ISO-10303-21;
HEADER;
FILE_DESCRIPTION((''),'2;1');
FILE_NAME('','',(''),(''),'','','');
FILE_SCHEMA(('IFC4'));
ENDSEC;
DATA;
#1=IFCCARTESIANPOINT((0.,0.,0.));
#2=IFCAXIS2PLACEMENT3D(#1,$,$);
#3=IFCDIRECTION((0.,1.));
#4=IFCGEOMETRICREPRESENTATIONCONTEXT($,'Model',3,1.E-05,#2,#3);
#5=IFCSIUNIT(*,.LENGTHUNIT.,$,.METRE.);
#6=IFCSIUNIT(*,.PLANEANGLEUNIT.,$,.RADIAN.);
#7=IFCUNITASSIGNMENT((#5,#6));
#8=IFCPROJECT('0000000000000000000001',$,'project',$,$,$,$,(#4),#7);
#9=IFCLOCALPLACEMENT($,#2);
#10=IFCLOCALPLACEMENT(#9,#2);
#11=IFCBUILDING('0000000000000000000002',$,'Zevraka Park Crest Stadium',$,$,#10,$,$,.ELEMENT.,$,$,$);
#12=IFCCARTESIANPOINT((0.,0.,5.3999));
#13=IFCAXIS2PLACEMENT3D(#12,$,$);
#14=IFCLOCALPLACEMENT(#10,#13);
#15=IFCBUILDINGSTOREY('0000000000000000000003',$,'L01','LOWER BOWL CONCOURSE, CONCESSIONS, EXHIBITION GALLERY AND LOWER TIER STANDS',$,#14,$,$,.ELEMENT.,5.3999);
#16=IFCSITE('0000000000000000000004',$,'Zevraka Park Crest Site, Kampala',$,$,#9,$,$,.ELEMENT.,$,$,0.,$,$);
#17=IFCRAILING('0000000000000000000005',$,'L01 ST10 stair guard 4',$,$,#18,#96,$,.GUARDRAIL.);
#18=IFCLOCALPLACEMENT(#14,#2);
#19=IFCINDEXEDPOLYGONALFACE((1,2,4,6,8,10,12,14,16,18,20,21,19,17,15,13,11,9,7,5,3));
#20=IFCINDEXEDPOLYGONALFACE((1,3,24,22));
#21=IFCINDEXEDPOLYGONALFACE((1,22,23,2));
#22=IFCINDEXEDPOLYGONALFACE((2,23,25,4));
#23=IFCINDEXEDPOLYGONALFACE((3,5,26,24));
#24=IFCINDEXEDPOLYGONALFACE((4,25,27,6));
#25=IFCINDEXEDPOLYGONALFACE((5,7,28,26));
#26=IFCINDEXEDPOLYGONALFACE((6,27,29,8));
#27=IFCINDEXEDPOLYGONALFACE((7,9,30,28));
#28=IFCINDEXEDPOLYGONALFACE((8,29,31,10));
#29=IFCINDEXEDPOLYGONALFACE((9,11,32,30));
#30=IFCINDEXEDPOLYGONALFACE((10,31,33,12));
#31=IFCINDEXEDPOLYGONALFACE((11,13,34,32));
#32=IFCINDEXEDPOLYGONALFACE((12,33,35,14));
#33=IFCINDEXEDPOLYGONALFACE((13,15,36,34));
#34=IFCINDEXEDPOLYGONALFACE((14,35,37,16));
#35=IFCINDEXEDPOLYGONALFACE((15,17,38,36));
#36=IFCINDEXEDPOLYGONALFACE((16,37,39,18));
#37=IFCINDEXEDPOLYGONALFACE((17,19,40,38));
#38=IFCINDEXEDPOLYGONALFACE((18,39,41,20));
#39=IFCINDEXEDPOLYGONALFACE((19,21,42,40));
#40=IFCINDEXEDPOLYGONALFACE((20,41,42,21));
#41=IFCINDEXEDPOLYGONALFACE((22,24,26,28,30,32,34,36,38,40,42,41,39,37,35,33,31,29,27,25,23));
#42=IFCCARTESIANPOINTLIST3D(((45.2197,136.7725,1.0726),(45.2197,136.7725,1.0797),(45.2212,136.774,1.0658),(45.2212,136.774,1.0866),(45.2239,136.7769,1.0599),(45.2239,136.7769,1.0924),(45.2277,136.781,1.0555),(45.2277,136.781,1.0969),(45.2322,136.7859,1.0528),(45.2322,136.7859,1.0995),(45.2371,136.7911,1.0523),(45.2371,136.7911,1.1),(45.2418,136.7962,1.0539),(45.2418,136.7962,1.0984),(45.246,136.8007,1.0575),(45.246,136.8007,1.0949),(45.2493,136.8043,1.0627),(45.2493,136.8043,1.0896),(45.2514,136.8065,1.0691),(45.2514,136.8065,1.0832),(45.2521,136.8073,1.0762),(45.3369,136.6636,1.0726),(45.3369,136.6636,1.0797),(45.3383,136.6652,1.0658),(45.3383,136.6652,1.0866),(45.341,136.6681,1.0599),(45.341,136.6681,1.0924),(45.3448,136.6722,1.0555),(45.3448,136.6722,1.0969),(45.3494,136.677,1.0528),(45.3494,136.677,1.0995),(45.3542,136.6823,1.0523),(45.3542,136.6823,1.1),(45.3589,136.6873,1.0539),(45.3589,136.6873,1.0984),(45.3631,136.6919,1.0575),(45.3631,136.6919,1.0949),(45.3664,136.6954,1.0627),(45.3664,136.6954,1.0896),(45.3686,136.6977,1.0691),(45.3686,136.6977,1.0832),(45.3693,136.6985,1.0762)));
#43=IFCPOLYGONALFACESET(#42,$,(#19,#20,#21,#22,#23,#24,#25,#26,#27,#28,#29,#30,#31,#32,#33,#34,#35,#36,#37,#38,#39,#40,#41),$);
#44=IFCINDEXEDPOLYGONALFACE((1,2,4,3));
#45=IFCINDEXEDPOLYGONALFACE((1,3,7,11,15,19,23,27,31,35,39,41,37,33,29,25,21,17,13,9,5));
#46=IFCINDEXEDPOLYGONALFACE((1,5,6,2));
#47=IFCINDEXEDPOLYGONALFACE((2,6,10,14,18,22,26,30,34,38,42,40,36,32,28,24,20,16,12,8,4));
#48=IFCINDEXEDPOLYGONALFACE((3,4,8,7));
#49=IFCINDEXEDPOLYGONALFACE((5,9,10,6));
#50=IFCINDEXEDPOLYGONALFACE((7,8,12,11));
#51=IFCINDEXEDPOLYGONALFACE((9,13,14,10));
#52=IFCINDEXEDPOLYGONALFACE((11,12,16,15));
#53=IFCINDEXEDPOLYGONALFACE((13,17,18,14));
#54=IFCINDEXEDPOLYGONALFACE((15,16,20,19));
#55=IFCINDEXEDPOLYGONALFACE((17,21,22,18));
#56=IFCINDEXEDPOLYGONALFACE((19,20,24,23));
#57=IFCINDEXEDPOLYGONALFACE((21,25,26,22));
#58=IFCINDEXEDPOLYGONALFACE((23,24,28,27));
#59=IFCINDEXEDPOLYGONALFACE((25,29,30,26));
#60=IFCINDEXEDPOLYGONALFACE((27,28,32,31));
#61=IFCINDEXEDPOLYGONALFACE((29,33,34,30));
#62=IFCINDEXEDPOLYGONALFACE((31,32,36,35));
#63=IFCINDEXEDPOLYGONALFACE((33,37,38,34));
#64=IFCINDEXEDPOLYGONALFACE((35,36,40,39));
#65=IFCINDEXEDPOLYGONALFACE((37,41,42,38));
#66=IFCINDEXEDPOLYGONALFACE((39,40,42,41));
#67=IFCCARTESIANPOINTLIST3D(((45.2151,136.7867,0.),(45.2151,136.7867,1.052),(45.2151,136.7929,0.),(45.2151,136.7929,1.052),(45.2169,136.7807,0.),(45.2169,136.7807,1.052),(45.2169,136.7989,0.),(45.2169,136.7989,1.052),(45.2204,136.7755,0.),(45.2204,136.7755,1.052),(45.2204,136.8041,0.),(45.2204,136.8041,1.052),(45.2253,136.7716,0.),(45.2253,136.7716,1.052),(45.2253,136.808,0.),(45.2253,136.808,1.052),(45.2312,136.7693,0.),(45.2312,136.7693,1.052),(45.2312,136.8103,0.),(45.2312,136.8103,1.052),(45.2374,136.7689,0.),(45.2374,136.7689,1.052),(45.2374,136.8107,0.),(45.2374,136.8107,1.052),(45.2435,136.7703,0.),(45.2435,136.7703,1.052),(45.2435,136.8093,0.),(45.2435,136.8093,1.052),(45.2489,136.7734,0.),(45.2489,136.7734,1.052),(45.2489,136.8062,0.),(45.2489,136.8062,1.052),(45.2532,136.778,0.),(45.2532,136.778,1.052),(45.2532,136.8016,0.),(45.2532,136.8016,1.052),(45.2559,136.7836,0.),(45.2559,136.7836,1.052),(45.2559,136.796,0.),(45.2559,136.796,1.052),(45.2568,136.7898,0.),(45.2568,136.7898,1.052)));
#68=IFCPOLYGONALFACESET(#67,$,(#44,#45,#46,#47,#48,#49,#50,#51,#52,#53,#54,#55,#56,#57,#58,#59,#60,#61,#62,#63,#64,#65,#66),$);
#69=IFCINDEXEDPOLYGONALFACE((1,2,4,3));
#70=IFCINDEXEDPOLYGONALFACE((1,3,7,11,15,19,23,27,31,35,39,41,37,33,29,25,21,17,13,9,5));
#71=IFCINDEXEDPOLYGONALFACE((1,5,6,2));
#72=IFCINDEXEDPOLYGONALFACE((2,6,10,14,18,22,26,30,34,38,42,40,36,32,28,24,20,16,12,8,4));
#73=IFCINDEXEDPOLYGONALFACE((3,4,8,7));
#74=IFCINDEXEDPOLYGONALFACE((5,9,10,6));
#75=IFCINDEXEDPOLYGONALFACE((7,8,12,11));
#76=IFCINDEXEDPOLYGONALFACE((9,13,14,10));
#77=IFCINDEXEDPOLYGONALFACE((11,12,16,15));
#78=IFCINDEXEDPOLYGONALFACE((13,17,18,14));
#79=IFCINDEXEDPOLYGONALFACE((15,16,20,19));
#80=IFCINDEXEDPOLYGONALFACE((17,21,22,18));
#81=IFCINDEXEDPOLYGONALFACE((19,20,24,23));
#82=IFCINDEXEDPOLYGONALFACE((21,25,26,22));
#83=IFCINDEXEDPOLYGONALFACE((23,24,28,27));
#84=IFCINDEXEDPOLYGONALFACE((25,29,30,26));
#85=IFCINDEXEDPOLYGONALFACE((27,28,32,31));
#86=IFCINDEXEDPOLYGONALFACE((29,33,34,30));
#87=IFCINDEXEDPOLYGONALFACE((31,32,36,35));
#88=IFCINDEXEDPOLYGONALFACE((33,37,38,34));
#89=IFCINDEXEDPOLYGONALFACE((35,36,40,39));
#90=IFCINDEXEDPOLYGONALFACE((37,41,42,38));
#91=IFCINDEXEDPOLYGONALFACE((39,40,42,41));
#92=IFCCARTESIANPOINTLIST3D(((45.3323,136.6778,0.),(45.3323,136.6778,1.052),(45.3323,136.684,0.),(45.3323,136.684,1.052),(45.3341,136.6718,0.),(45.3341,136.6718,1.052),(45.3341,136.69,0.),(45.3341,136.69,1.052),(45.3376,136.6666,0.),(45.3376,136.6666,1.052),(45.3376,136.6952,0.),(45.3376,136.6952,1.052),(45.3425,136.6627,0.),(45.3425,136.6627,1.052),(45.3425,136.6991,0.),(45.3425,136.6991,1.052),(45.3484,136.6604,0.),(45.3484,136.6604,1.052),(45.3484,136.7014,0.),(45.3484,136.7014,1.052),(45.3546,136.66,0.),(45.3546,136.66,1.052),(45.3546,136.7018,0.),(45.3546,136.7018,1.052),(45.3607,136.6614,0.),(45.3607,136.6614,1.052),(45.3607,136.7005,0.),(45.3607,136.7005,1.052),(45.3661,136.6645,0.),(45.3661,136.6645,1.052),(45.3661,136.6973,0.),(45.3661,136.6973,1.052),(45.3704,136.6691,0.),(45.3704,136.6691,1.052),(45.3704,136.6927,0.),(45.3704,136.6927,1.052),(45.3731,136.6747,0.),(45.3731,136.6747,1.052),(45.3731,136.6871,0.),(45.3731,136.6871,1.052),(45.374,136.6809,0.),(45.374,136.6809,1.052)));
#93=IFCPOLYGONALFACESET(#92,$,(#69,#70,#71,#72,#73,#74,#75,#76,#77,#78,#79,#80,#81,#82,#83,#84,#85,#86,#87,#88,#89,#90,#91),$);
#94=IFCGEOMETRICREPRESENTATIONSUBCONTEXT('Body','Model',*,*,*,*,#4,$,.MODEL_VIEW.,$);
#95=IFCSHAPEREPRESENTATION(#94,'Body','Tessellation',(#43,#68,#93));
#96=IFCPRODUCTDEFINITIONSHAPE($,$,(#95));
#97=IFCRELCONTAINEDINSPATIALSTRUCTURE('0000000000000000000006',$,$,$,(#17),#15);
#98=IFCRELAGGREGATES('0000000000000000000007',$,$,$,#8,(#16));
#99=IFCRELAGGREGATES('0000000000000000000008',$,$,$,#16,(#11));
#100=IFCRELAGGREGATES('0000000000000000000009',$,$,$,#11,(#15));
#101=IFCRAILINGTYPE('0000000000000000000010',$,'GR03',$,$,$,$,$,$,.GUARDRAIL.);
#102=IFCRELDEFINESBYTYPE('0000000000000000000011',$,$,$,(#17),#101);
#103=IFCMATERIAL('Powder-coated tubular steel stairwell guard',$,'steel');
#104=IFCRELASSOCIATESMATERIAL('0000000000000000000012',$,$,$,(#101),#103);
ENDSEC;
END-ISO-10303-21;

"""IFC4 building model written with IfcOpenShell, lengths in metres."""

from ifc_helpers import new_model, si_unit, direction, frame, origin, origin_2d, place, context, subcontext, project, spatial, circle, extrude, material, type_object, element, save


model = new_model("IFC4")

# Units and contexts
model_context = context("Model", 3, precision=1e-05, world=origin(), true_north=direction((0.0, 1.0)))
body_context = subcontext(model_context, "Body", "Model", "MODEL_VIEW")
ifc_project = project(units=[si_unit("LENGTHUNIT", "METRE"), si_unit("PLANEANGLEUNIT", "RADIAN")], contexts=[model_context])

# Site, building, storey
site_placement = place(None, origin())
site = spatial("IfcSite", under=ifc_project, at=site_placement, Name="Zevraka Park Crest Site, Kampala", CompositionType="ELEMENT", RefElevation=0.0)
building_placement = place(site_placement, origin())
building = spatial("IfcBuilding", under=site, at=building_placement, Name="Zevraka Park Crest Stadium", CompositionType="ELEMENT")
storey_placement = place(building_placement, frame((0.0, 0.0, 5.3999)))
storey = spatial("IfcBuildingStorey", under=building, at=storey_placement, Name="L01", Description="LOWER BOWL CONCOURSE, CONCESSIONS, EXHIBITION GALLERY AND LOWER TIER STANDS", CompositionType="ELEMENT", Elevation=5.3999)

# Railing
ifc_material_1 = material(Name="Powder-coated tubular steel stairwell guard", Category="steel")
railing_type_1 = type_object("IfcRailingType", Name="GR03", PredefinedType="GUARDRAIL", material=ifc_material_1)
railing_1_placement = place(storey_placement, frame((45.2358, 136.7898, 0.0)))
element("IfcRailing", 1, at=railing_1_placement, inside=storey, type_object=railing_type_1, Name="L01 ST10 stair guard 4", PredefinedType="GUARDRAIL", context=body_context, shape_type="SweptSolid", body=[
    extrude(circle(Radius=0.0239, at=origin_2d()), frame((0.0, 0.0, 1.0762), z_axis=(0.732576, -0.680685, 0.0), x_axis=(0.680685, 0.732576, 0.0)), (0.0, 0.0, 1.0), 0.1599),
    extrude(circle(Radius=0.021, at=origin_2d()), origin(), (0.0, 0.0, 1.0), 1.052),
    extrude(circle(Radius=0.021, at=origin_2d()), frame((0.1172, -0.1089, 0.0)), (0.0, 0.0, 1.0), 1.052),
])

save(model, "model.ifc")
